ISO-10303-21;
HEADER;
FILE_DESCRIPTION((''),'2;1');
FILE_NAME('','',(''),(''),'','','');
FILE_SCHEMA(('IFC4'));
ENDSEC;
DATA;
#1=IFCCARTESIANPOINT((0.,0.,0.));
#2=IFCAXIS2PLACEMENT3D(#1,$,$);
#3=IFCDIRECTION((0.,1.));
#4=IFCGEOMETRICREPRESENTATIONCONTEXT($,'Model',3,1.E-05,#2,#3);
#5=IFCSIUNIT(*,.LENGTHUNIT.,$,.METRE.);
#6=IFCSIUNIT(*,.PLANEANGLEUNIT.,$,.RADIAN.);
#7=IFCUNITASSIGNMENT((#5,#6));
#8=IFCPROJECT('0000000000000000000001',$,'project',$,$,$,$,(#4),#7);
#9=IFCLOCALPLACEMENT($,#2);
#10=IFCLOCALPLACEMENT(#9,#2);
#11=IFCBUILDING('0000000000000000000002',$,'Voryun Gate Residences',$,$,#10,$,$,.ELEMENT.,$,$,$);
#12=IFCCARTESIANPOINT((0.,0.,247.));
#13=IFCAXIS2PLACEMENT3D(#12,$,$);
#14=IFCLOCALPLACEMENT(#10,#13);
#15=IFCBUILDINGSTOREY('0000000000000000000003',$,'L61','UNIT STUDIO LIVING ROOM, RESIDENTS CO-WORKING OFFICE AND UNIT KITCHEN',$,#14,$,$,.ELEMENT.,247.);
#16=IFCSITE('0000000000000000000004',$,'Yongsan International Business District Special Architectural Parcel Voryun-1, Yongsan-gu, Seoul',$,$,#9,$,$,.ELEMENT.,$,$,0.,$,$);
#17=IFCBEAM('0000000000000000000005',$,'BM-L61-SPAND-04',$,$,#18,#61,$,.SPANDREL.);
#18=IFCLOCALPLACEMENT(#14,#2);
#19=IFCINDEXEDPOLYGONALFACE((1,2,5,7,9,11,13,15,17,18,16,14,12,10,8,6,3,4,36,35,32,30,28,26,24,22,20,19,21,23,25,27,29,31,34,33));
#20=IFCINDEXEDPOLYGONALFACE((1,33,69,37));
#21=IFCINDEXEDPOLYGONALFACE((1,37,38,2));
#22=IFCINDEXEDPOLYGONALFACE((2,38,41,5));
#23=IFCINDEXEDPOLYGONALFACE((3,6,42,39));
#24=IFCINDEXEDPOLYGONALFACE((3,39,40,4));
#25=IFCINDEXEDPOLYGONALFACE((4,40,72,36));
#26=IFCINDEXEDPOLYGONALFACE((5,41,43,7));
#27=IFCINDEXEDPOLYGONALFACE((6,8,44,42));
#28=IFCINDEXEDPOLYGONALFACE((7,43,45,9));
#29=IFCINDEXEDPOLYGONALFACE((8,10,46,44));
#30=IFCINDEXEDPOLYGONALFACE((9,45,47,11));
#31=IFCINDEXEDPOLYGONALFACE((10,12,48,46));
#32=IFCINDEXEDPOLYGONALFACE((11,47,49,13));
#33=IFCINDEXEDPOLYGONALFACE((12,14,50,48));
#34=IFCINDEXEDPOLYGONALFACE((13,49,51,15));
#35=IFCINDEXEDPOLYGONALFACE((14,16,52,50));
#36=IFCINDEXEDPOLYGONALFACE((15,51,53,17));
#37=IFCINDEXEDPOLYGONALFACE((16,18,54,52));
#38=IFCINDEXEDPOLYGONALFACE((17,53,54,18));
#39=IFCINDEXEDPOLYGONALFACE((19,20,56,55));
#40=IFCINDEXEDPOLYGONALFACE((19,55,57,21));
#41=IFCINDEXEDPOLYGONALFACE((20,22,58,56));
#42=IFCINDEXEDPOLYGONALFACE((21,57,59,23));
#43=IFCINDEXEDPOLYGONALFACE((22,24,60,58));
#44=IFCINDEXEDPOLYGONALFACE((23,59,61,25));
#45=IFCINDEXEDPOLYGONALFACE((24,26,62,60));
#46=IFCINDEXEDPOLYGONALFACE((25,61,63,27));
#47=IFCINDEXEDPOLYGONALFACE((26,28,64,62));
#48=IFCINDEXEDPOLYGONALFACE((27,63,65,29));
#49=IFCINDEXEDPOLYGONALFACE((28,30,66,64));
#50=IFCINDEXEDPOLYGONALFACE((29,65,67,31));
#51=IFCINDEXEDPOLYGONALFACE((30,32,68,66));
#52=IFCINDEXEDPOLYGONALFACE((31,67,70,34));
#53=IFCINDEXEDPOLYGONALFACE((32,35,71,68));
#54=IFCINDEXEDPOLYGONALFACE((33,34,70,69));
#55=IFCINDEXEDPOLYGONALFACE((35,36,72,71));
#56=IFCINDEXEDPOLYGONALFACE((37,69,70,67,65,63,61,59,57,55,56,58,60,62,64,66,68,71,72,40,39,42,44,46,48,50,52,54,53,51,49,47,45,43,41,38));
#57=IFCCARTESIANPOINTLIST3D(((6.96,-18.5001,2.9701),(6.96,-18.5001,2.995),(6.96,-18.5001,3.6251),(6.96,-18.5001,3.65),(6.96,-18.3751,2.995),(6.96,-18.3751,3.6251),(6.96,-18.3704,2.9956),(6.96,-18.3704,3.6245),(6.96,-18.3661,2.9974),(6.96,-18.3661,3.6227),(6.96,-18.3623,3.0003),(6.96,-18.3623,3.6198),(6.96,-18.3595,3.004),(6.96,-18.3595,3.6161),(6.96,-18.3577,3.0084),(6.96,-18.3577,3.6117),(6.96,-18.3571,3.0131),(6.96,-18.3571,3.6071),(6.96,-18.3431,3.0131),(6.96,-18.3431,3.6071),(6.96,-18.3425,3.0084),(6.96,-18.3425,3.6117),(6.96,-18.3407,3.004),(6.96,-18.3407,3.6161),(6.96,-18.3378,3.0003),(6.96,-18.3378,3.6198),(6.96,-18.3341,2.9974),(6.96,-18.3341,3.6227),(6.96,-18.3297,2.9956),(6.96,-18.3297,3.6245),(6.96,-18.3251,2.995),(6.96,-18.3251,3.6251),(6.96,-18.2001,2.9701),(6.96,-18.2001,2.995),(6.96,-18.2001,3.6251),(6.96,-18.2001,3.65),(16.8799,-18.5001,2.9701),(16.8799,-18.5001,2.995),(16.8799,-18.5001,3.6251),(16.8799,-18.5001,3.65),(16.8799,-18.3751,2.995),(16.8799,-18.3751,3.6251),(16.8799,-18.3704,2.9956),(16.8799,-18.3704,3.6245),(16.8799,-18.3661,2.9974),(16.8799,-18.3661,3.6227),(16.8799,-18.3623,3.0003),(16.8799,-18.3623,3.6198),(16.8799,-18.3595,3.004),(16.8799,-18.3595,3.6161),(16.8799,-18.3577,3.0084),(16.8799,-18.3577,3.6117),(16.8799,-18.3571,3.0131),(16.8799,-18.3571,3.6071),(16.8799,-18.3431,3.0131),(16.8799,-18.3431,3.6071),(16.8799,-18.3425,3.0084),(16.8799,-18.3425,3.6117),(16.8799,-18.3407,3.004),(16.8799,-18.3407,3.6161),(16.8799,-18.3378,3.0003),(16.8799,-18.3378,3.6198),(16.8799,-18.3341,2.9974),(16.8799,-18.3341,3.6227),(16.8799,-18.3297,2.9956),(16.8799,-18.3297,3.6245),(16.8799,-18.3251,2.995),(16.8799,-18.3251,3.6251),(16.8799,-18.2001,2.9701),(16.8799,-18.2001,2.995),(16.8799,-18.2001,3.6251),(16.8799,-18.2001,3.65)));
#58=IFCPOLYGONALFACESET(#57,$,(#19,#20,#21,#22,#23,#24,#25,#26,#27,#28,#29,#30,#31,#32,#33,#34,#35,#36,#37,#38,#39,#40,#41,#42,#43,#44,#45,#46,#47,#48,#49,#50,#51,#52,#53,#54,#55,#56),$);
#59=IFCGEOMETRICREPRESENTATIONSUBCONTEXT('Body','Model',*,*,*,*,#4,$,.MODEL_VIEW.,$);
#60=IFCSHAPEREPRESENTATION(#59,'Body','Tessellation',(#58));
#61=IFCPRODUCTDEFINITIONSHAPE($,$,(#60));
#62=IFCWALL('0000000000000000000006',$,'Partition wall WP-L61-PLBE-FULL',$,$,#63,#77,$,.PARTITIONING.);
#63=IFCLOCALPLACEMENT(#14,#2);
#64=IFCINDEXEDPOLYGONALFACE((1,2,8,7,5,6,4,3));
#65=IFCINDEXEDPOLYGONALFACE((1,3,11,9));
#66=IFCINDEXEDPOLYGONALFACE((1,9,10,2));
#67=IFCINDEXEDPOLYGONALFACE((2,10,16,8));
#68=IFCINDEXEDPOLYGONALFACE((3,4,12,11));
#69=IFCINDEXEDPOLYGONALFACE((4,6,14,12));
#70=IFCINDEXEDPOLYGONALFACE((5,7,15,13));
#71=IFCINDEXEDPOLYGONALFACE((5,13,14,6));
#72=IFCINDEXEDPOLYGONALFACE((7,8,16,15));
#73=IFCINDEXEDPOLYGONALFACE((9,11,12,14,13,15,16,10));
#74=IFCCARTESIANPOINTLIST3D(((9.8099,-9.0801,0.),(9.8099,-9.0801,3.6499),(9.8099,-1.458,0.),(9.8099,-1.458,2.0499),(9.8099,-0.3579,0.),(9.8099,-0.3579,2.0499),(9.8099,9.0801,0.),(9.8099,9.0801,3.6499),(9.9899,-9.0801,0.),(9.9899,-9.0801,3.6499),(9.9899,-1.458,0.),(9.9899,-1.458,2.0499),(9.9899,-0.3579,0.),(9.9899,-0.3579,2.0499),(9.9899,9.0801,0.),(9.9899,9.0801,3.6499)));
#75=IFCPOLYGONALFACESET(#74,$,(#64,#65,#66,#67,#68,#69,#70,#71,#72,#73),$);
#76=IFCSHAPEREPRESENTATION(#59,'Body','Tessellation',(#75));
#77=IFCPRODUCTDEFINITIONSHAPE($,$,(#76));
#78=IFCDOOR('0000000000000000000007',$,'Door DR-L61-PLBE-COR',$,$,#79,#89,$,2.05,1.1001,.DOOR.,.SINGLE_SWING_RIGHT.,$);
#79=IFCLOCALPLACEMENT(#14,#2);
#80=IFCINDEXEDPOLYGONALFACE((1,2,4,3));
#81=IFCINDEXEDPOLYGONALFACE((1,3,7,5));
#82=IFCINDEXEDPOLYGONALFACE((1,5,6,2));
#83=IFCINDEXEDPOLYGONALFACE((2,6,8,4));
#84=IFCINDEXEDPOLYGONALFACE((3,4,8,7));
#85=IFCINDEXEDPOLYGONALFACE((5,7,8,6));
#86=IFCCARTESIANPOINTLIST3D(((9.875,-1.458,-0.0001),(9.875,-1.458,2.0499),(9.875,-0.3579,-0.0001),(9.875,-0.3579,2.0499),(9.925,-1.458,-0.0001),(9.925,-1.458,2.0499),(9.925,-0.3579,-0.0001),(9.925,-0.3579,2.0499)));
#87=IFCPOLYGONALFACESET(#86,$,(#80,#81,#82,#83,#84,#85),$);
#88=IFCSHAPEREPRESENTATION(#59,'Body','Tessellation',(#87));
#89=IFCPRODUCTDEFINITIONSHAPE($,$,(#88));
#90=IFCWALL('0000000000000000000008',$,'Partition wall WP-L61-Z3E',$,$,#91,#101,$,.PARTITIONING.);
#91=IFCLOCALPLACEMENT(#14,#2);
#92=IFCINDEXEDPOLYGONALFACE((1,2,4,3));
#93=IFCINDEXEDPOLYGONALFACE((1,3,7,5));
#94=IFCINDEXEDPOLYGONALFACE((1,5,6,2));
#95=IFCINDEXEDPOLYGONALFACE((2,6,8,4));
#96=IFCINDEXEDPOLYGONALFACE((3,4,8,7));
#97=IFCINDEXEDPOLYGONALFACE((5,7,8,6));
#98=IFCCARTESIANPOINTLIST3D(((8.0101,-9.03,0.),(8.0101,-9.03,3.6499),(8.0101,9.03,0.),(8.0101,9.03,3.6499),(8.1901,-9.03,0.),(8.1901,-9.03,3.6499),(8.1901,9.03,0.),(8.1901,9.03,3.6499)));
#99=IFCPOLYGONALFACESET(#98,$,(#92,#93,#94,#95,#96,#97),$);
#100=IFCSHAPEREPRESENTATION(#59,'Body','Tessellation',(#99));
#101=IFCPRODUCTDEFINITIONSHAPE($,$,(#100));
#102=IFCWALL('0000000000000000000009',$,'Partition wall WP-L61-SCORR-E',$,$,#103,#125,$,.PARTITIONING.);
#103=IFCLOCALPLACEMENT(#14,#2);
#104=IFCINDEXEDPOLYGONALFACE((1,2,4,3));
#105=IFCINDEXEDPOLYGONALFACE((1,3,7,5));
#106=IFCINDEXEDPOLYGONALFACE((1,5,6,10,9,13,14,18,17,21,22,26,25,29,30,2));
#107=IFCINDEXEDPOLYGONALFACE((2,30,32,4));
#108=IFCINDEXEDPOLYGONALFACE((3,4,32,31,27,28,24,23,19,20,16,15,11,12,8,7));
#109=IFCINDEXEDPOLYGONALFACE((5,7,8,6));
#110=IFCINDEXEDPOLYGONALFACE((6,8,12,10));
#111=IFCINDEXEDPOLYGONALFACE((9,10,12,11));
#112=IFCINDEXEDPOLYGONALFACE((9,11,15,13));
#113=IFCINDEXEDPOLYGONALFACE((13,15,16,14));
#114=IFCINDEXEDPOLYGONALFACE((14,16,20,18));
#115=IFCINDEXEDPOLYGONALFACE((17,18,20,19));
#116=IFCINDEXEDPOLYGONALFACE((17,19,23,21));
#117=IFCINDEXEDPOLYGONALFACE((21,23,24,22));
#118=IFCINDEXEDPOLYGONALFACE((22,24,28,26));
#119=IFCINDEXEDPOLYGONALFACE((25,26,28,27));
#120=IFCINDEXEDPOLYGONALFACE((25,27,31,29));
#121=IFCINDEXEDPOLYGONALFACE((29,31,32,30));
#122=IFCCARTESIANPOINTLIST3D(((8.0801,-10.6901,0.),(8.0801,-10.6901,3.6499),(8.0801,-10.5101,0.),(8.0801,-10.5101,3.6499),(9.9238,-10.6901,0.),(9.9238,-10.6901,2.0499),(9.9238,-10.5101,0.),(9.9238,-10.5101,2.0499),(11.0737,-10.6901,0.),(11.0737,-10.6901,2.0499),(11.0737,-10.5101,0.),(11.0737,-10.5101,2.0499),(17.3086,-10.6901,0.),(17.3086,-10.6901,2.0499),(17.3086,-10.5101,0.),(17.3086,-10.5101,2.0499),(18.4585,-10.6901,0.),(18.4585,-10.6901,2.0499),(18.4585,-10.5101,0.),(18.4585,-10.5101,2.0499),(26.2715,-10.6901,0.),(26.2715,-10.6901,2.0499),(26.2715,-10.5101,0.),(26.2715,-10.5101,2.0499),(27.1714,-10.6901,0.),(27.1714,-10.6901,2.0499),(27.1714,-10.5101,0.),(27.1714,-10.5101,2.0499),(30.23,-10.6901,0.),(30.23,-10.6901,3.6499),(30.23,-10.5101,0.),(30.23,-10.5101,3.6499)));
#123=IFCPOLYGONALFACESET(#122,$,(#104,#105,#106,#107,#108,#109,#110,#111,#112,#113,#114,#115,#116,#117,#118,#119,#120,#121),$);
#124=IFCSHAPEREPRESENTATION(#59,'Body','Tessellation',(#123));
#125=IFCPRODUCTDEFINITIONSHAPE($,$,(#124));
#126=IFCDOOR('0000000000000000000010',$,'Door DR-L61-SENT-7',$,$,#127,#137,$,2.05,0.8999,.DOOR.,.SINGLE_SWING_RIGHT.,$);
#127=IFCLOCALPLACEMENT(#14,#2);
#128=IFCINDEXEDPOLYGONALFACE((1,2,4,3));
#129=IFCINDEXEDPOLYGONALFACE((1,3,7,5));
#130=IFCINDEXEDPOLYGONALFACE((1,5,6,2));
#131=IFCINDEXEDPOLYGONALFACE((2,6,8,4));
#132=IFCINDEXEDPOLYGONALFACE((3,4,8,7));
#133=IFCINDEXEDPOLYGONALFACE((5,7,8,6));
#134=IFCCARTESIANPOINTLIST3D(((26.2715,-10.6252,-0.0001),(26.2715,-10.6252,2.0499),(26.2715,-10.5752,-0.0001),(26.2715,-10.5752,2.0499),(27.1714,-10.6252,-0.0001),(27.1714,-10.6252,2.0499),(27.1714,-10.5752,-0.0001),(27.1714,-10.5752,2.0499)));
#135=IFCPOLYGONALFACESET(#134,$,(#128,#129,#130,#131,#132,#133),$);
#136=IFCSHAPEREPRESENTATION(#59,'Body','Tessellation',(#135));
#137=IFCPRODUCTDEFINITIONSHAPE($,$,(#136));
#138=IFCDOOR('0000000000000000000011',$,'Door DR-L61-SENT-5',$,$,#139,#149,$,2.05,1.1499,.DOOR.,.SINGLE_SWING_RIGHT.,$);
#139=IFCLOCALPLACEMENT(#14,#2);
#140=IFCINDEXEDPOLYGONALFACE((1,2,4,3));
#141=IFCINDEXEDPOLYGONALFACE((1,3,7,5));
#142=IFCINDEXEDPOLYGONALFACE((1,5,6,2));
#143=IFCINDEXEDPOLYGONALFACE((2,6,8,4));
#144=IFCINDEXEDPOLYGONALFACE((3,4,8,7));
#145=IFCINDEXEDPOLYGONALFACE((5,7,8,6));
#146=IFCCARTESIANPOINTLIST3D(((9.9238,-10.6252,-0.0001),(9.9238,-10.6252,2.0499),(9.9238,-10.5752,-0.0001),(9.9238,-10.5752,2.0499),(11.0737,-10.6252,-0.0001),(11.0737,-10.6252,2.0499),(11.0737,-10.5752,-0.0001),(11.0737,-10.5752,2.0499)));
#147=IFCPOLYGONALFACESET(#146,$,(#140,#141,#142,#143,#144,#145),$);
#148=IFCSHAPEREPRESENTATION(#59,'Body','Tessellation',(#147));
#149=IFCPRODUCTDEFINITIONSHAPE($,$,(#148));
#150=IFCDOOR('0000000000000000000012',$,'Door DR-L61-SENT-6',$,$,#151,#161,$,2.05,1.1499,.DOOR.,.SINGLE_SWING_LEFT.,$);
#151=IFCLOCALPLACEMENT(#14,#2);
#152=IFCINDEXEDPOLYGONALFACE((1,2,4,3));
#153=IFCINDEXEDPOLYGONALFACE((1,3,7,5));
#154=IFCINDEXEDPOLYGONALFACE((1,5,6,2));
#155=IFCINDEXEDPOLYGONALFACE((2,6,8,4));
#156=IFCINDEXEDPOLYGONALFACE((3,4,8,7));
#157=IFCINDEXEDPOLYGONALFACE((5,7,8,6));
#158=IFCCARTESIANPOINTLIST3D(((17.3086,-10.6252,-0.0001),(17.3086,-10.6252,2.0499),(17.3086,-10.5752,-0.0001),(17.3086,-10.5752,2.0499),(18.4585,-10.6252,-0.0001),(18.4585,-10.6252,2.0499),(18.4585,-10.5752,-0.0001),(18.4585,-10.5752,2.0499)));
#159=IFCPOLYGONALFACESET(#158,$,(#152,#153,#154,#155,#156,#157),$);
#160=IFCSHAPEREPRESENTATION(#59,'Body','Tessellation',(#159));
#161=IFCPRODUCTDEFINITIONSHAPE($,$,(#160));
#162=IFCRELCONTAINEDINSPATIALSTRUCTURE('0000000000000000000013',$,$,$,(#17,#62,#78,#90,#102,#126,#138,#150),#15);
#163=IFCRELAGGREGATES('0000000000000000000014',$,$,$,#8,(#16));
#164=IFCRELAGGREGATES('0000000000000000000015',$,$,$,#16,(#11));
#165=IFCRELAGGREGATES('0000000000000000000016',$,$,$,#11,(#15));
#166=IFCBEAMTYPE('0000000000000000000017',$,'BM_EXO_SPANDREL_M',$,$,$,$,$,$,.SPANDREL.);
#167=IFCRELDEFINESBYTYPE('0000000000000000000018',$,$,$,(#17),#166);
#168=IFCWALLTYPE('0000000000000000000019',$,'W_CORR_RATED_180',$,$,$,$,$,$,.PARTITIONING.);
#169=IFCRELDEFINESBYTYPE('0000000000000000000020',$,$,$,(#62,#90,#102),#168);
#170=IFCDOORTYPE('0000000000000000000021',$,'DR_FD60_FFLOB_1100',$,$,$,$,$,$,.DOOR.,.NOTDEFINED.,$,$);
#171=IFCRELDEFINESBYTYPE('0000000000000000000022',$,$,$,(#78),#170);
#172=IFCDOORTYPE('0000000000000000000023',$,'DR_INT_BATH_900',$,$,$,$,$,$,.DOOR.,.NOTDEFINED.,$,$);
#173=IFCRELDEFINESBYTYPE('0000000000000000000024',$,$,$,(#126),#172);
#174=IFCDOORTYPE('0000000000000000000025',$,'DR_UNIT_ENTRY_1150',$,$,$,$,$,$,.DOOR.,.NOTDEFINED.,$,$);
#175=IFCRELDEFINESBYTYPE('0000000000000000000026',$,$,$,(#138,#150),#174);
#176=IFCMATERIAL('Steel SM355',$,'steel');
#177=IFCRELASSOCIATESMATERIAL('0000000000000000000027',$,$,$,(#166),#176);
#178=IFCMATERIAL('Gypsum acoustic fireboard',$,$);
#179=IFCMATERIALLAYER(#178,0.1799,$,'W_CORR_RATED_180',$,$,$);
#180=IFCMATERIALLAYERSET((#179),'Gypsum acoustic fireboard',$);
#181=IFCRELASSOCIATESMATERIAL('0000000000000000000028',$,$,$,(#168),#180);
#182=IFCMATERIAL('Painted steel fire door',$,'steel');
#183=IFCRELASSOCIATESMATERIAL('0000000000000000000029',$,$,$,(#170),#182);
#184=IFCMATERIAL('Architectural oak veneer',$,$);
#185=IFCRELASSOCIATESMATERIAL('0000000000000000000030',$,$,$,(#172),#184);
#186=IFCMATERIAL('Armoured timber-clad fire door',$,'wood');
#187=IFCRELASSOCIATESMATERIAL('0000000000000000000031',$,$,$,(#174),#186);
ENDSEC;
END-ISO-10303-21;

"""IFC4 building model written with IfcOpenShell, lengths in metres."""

from ifc_helpers import new_model, si_unit, direction, frame, frame_2d, origin, origin_2d, place, context, subcontext, project, spatial, rectangle, i_section, extrude, material, layer, layer_set, material_profile, profile_set, type_object, element, fill, save


model = new_model("IFC4")

# Units and contexts
model_context = context("Model", 3, precision=1e-05, world=origin(), true_north=direction((0.0, 1.0)))
body_context = subcontext(model_context, "Body", "Model", "MODEL_VIEW")
ifc_project = project(units=[si_unit("LENGTHUNIT", "METRE"), si_unit("PLANEANGLEUNIT", "RADIAN")], contexts=[model_context])

# Site, building, storey
site_placement = place(None, origin())
site = spatial("IfcSite", under=ifc_project, at=site_placement, Name="Yongsan International Business District Special Architectural Parcel Voryun-1, Yongsan-gu, Seoul", CompositionType="ELEMENT", RefElevation=0.0)
building_placement = place(site_placement, origin())
building = spatial("IfcBuilding", under=site, at=building_placement, Name="Voryun Gate Residences", CompositionType="ELEMENT")
storey_placement = place(building_placement, frame((0.0, 0.0, 247.0)))
storey = spatial("IfcBuildingStorey", under=building, at=storey_placement, Name="L61", Description="UNIT STUDIO LIVING ROOM, RESIDENTS CO-WORKING OFFICE AND UNIT KITCHEN", CompositionType="ELEMENT", Elevation=247.0)

# Beam
ifc_material_1 = material(Name="Steel SM355", Category="steel")
ifc_material_profile = material_profile(ifc_material_1, i_section(OverallWidth=0.3, OverallDepth=0.6799, WebThickness=0.0139, FlangeThickness=0.0249, FilletRadius=0.0181, at=origin_2d()), Name="H-680x300x14x25")
ifc_profile_set = profile_set([ifc_material_profile], Name="Steel SM355")
beam_type = type_object("IfcBeamType", Name="BM_EXO_SPANDREL_M", PredefinedType="SPANDREL", material=ifc_profile_set)
beam_placement = place(storey_placement, frame((6.96, -18.3501, 3.3101), z_axis=(1.0, 0.0, 0.0), x_axis=(0.0, 1.0, 0.0)))
element("IfcBeam", 1, at=beam_placement, inside=storey, type_object=beam_type, Name="BM-L61-SPAND-04", PredefinedType="SPANDREL", context=body_context, shape_type="SweptSolid", body=[
    extrude(i_section(OverallWidth=0.3, OverallDepth=0.6799, WebThickness=0.0139, FlangeThickness=0.0249, FilletRadius=0.0181, at=origin_2d()), origin(), (0.0, 0.0, 1.0), 9.9199),
])

# Wall, opening, door
ifc_material_2 = material(Name="Gypsum acoustic fireboard")
ifc_layer_1 = layer(ifc_material_2, 0.1799, Name="W_CORR_RATED_180")
ifc_layer_set_1 = layer_set([ifc_layer_1], Name="Gypsum acoustic fireboard")
wall_type_1 = type_object("IfcWallType", Name="W_CORR_RATED_180", PredefinedType="PARTITIONING", material=ifc_layer_set_1)
wall_1_placement = place(storey_placement, frame((9.8999, -9.0801, 0.0), z_axis=(0.0, 0.0, 1.0), x_axis=(0.0, 1.0, 0.0)))
wall_1 = element("IfcWall", 2, at=wall_1_placement, inside=storey, type_object=wall_type_1, Name="Partition wall WP-L61-PLBE-FULL", PredefinedType="PARTITIONING", context=body_context, shape_type="SweptSolid", body=[
    extrude(rectangle(XDim=18.1602, YDim=0.1799, at=frame_2d((9.0801, 0.0))), origin(), (0.0, 0.0, 1.0), 3.6499),
])
opening_1_placement = place(wall_1_placement, frame((7.6221, 0.0, 0.0)))
opening_1 = element("IfcOpeningElement", 3, at=opening_1_placement, cuts=wall_1, PredefinedType="OPENING", context=body_context, shape_type="SweptSolid", body=[
    extrude(rectangle(XDim=1.1001, YDim=2.05, at=frame_2d((0.55, 1.0249))), frame((0.0, 0.0999, 0.0), z_axis=(0.0, -1.0, 0.0), x_axis=(1.0, 0.0, 0.0)), (0.0, 0.0, 1.0), 0.2),
])
ifc_material_3 = material(Name="Painted steel fire door", Category="steel")
door_type_1 = type_object("IfcDoorType", Name="DR_FD60_FFLOB_1100", OperationType="NOTDEFINED", PredefinedType="DOOR", material=ifc_material_3)
door_1_placement = place(opening_1_placement, origin())
door_1 = element("IfcDoor", 4, at=door_1_placement, inside=storey, type_object=door_type_1, Name="Door DR-L61-PLBE-COR", OperationType="SINGLE_SWING_RIGHT", OverallHeight=2.05, OverallWidth=1.1001, PredefinedType="DOOR", context=body_context, shape_type="SweptSolid", body=[
    extrude(rectangle(XDim=1.1001, YDim=2.05, at=frame_2d((0.55, 1.0249))), frame((0.0, 0.0249, 0.0), z_axis=(0.0, -1.0, 0.0), x_axis=(1.0, 0.0, 0.0)), (0.0, 0.0, 1.0), 0.05),
])
fill(opening_1, door_1)

# Wall
wall_2_placement = place(storey_placement, frame((8.1001, -9.03, 0.0), z_axis=(0.0, 0.0, 1.0), x_axis=(0.0, 1.0, 0.0)))
element("IfcWall", 5, at=wall_2_placement, inside=storey, type_object=wall_type_1, Name="Partition wall WP-L61-Z3E", PredefinedType="PARTITIONING", context=body_context, shape_type="SweptSolid", body=[
    extrude(rectangle(XDim=18.0601, YDim=0.1799, at=frame_2d((9.03, 0.0))), origin(), (0.0, 0.0, 1.0), 3.6499),
])

# Wall, openings, doors
wall_3_placement = place(storey_placement, frame((8.0801, -10.6001, 0.0), z_axis=(0.0, 0.0, 1.0), x_axis=(1.0, 0.0, 0.0)))
wall_3 = element("IfcWall", 6, at=wall_3_placement, inside=storey, type_object=wall_type_1, Name="Partition wall WP-L61-SCORR-E", PredefinedType="PARTITIONING", context=body_context, shape_type="SweptSolid", body=[
    extrude(rectangle(XDim=22.1499, YDim=0.1799, at=frame_2d((11.075, 0.0))), origin(), (0.0, 0.0, 1.0), 3.6499),
])
opening_2_placement = place(wall_3_placement, frame((1.8438, 0.0, 0.0)))
opening_2 = element("IfcOpeningElement", 7, at=opening_2_placement, cuts=wall_3, PredefinedType="OPENING", context=body_context, shape_type="SweptSolid", body=[
    extrude(rectangle(XDim=1.1499, YDim=2.05, at=frame_2d((0.575, 1.0249))), frame((0.0, 0.0999, 0.0), z_axis=(0.0, -1.0, 0.0), x_axis=(1.0, 0.0, 0.0)), (0.0, 0.0, 1.0), 0.2),
])
opening_3_placement = place(wall_3_placement, frame((9.2285, 0.0, 0.0)))
opening_3 = element("IfcOpeningElement", 8, at=opening_3_placement, cuts=wall_3, PredefinedType="OPENING", context=body_context, shape_type="SweptSolid", body=[
    extrude(rectangle(XDim=1.1499, YDim=2.05, at=frame_2d((0.575, 1.0249))), frame((0.0, 0.0999, 0.0), z_axis=(0.0, -1.0, 0.0), x_axis=(1.0, 0.0, 0.0)), (0.0, 0.0, 1.0), 0.2),
])
opening_4_placement = place(wall_3_placement, frame((18.1914, 0.0, 0.0)))
opening_4 = element("IfcOpeningElement", 9, at=opening_4_placement, cuts=wall_3, PredefinedType="OPENING", context=body_context, shape_type="SweptSolid", body=[
    extrude(rectangle(XDim=0.8999, YDim=2.05, at=frame_2d((0.45, 1.0249))), frame((0.0, 0.0999, 0.0), z_axis=(0.0, -1.0, 0.0), x_axis=(1.0, 0.0, 0.0)), (0.0, 0.0, 1.0), 0.2),
])
ifc_material_4 = material(Name="Architectural oak veneer")
door_type_2 = type_object("IfcDoorType", Name="DR_INT_BATH_900", OperationType="NOTDEFINED", PredefinedType="DOOR", material=ifc_material_4)
door_2_placement = place(opening_4_placement, origin())
door_2 = element("IfcDoor", 10, at=door_2_placement, inside=storey, type_object=door_type_2, Name="Door DR-L61-SENT-7", OperationType="SINGLE_SWING_RIGHT", OverallHeight=2.05, OverallWidth=0.8999, PredefinedType="DOOR", context=body_context, shape_type="SweptSolid", body=[
    extrude(rectangle(XDim=0.8999, YDim=2.05, at=frame_2d((0.45, 1.0249))), frame((0.0, 0.0249, 0.0), z_axis=(0.0, -1.0, 0.0), x_axis=(1.0, 0.0, 0.0)), (0.0, 0.0, 1.0), 0.05),
])
fill(opening_4, door_2)
ifc_material_5 = material(Name="Armoured timber-clad fire door", Category="wood")
door_type_3 = type_object("IfcDoorType", Name="DR_UNIT_ENTRY_1150", OperationType="NOTDEFINED", PredefinedType="DOOR", material=ifc_material_5)
door_3_placement = place(opening_2_placement, origin())
door_3 = element("IfcDoor", 11, at=door_3_placement, inside=storey, type_object=door_type_3, Name="Door DR-L61-SENT-5", OperationType="SINGLE_SWING_RIGHT", OverallHeight=2.05, OverallWidth=1.1499, PredefinedType="DOOR", context=body_context, shape_type="SweptSolid", body=[
    extrude(rectangle(XDim=1.1499, YDim=2.05, at=frame_2d((0.575, 1.0249))), frame((0.0, 0.0249, 0.0), z_axis=(0.0, -1.0, 0.0), x_axis=(1.0, 0.0, 0.0)), (0.0, 0.0, 1.0), 0.05),
])
fill(opening_2, door_3)
door_4_placement = place(opening_3_placement, origin())
door_4 = element("IfcDoor", 12, at=door_4_placement, inside=storey, type_object=door_type_3, Name="Door DR-L61-SENT-6", OperationType="SINGLE_SWING_LEFT", OverallHeight=2.05, OverallWidth=1.1499, PredefinedType="DOOR", context=body_context, shape_type="SweptSolid", body=[
    extrude(rectangle(XDim=1.1499, YDim=2.05, at=frame_2d((0.575, 1.0249))), frame((0.0, 0.0249, 0.0), z_axis=(0.0, -1.0, 0.0), x_axis=(1.0, 0.0, 0.0)), (0.0, 0.0, 1.0), 0.05),
])
fill(opening_3, door_4)

save(model, "model.ifc")
